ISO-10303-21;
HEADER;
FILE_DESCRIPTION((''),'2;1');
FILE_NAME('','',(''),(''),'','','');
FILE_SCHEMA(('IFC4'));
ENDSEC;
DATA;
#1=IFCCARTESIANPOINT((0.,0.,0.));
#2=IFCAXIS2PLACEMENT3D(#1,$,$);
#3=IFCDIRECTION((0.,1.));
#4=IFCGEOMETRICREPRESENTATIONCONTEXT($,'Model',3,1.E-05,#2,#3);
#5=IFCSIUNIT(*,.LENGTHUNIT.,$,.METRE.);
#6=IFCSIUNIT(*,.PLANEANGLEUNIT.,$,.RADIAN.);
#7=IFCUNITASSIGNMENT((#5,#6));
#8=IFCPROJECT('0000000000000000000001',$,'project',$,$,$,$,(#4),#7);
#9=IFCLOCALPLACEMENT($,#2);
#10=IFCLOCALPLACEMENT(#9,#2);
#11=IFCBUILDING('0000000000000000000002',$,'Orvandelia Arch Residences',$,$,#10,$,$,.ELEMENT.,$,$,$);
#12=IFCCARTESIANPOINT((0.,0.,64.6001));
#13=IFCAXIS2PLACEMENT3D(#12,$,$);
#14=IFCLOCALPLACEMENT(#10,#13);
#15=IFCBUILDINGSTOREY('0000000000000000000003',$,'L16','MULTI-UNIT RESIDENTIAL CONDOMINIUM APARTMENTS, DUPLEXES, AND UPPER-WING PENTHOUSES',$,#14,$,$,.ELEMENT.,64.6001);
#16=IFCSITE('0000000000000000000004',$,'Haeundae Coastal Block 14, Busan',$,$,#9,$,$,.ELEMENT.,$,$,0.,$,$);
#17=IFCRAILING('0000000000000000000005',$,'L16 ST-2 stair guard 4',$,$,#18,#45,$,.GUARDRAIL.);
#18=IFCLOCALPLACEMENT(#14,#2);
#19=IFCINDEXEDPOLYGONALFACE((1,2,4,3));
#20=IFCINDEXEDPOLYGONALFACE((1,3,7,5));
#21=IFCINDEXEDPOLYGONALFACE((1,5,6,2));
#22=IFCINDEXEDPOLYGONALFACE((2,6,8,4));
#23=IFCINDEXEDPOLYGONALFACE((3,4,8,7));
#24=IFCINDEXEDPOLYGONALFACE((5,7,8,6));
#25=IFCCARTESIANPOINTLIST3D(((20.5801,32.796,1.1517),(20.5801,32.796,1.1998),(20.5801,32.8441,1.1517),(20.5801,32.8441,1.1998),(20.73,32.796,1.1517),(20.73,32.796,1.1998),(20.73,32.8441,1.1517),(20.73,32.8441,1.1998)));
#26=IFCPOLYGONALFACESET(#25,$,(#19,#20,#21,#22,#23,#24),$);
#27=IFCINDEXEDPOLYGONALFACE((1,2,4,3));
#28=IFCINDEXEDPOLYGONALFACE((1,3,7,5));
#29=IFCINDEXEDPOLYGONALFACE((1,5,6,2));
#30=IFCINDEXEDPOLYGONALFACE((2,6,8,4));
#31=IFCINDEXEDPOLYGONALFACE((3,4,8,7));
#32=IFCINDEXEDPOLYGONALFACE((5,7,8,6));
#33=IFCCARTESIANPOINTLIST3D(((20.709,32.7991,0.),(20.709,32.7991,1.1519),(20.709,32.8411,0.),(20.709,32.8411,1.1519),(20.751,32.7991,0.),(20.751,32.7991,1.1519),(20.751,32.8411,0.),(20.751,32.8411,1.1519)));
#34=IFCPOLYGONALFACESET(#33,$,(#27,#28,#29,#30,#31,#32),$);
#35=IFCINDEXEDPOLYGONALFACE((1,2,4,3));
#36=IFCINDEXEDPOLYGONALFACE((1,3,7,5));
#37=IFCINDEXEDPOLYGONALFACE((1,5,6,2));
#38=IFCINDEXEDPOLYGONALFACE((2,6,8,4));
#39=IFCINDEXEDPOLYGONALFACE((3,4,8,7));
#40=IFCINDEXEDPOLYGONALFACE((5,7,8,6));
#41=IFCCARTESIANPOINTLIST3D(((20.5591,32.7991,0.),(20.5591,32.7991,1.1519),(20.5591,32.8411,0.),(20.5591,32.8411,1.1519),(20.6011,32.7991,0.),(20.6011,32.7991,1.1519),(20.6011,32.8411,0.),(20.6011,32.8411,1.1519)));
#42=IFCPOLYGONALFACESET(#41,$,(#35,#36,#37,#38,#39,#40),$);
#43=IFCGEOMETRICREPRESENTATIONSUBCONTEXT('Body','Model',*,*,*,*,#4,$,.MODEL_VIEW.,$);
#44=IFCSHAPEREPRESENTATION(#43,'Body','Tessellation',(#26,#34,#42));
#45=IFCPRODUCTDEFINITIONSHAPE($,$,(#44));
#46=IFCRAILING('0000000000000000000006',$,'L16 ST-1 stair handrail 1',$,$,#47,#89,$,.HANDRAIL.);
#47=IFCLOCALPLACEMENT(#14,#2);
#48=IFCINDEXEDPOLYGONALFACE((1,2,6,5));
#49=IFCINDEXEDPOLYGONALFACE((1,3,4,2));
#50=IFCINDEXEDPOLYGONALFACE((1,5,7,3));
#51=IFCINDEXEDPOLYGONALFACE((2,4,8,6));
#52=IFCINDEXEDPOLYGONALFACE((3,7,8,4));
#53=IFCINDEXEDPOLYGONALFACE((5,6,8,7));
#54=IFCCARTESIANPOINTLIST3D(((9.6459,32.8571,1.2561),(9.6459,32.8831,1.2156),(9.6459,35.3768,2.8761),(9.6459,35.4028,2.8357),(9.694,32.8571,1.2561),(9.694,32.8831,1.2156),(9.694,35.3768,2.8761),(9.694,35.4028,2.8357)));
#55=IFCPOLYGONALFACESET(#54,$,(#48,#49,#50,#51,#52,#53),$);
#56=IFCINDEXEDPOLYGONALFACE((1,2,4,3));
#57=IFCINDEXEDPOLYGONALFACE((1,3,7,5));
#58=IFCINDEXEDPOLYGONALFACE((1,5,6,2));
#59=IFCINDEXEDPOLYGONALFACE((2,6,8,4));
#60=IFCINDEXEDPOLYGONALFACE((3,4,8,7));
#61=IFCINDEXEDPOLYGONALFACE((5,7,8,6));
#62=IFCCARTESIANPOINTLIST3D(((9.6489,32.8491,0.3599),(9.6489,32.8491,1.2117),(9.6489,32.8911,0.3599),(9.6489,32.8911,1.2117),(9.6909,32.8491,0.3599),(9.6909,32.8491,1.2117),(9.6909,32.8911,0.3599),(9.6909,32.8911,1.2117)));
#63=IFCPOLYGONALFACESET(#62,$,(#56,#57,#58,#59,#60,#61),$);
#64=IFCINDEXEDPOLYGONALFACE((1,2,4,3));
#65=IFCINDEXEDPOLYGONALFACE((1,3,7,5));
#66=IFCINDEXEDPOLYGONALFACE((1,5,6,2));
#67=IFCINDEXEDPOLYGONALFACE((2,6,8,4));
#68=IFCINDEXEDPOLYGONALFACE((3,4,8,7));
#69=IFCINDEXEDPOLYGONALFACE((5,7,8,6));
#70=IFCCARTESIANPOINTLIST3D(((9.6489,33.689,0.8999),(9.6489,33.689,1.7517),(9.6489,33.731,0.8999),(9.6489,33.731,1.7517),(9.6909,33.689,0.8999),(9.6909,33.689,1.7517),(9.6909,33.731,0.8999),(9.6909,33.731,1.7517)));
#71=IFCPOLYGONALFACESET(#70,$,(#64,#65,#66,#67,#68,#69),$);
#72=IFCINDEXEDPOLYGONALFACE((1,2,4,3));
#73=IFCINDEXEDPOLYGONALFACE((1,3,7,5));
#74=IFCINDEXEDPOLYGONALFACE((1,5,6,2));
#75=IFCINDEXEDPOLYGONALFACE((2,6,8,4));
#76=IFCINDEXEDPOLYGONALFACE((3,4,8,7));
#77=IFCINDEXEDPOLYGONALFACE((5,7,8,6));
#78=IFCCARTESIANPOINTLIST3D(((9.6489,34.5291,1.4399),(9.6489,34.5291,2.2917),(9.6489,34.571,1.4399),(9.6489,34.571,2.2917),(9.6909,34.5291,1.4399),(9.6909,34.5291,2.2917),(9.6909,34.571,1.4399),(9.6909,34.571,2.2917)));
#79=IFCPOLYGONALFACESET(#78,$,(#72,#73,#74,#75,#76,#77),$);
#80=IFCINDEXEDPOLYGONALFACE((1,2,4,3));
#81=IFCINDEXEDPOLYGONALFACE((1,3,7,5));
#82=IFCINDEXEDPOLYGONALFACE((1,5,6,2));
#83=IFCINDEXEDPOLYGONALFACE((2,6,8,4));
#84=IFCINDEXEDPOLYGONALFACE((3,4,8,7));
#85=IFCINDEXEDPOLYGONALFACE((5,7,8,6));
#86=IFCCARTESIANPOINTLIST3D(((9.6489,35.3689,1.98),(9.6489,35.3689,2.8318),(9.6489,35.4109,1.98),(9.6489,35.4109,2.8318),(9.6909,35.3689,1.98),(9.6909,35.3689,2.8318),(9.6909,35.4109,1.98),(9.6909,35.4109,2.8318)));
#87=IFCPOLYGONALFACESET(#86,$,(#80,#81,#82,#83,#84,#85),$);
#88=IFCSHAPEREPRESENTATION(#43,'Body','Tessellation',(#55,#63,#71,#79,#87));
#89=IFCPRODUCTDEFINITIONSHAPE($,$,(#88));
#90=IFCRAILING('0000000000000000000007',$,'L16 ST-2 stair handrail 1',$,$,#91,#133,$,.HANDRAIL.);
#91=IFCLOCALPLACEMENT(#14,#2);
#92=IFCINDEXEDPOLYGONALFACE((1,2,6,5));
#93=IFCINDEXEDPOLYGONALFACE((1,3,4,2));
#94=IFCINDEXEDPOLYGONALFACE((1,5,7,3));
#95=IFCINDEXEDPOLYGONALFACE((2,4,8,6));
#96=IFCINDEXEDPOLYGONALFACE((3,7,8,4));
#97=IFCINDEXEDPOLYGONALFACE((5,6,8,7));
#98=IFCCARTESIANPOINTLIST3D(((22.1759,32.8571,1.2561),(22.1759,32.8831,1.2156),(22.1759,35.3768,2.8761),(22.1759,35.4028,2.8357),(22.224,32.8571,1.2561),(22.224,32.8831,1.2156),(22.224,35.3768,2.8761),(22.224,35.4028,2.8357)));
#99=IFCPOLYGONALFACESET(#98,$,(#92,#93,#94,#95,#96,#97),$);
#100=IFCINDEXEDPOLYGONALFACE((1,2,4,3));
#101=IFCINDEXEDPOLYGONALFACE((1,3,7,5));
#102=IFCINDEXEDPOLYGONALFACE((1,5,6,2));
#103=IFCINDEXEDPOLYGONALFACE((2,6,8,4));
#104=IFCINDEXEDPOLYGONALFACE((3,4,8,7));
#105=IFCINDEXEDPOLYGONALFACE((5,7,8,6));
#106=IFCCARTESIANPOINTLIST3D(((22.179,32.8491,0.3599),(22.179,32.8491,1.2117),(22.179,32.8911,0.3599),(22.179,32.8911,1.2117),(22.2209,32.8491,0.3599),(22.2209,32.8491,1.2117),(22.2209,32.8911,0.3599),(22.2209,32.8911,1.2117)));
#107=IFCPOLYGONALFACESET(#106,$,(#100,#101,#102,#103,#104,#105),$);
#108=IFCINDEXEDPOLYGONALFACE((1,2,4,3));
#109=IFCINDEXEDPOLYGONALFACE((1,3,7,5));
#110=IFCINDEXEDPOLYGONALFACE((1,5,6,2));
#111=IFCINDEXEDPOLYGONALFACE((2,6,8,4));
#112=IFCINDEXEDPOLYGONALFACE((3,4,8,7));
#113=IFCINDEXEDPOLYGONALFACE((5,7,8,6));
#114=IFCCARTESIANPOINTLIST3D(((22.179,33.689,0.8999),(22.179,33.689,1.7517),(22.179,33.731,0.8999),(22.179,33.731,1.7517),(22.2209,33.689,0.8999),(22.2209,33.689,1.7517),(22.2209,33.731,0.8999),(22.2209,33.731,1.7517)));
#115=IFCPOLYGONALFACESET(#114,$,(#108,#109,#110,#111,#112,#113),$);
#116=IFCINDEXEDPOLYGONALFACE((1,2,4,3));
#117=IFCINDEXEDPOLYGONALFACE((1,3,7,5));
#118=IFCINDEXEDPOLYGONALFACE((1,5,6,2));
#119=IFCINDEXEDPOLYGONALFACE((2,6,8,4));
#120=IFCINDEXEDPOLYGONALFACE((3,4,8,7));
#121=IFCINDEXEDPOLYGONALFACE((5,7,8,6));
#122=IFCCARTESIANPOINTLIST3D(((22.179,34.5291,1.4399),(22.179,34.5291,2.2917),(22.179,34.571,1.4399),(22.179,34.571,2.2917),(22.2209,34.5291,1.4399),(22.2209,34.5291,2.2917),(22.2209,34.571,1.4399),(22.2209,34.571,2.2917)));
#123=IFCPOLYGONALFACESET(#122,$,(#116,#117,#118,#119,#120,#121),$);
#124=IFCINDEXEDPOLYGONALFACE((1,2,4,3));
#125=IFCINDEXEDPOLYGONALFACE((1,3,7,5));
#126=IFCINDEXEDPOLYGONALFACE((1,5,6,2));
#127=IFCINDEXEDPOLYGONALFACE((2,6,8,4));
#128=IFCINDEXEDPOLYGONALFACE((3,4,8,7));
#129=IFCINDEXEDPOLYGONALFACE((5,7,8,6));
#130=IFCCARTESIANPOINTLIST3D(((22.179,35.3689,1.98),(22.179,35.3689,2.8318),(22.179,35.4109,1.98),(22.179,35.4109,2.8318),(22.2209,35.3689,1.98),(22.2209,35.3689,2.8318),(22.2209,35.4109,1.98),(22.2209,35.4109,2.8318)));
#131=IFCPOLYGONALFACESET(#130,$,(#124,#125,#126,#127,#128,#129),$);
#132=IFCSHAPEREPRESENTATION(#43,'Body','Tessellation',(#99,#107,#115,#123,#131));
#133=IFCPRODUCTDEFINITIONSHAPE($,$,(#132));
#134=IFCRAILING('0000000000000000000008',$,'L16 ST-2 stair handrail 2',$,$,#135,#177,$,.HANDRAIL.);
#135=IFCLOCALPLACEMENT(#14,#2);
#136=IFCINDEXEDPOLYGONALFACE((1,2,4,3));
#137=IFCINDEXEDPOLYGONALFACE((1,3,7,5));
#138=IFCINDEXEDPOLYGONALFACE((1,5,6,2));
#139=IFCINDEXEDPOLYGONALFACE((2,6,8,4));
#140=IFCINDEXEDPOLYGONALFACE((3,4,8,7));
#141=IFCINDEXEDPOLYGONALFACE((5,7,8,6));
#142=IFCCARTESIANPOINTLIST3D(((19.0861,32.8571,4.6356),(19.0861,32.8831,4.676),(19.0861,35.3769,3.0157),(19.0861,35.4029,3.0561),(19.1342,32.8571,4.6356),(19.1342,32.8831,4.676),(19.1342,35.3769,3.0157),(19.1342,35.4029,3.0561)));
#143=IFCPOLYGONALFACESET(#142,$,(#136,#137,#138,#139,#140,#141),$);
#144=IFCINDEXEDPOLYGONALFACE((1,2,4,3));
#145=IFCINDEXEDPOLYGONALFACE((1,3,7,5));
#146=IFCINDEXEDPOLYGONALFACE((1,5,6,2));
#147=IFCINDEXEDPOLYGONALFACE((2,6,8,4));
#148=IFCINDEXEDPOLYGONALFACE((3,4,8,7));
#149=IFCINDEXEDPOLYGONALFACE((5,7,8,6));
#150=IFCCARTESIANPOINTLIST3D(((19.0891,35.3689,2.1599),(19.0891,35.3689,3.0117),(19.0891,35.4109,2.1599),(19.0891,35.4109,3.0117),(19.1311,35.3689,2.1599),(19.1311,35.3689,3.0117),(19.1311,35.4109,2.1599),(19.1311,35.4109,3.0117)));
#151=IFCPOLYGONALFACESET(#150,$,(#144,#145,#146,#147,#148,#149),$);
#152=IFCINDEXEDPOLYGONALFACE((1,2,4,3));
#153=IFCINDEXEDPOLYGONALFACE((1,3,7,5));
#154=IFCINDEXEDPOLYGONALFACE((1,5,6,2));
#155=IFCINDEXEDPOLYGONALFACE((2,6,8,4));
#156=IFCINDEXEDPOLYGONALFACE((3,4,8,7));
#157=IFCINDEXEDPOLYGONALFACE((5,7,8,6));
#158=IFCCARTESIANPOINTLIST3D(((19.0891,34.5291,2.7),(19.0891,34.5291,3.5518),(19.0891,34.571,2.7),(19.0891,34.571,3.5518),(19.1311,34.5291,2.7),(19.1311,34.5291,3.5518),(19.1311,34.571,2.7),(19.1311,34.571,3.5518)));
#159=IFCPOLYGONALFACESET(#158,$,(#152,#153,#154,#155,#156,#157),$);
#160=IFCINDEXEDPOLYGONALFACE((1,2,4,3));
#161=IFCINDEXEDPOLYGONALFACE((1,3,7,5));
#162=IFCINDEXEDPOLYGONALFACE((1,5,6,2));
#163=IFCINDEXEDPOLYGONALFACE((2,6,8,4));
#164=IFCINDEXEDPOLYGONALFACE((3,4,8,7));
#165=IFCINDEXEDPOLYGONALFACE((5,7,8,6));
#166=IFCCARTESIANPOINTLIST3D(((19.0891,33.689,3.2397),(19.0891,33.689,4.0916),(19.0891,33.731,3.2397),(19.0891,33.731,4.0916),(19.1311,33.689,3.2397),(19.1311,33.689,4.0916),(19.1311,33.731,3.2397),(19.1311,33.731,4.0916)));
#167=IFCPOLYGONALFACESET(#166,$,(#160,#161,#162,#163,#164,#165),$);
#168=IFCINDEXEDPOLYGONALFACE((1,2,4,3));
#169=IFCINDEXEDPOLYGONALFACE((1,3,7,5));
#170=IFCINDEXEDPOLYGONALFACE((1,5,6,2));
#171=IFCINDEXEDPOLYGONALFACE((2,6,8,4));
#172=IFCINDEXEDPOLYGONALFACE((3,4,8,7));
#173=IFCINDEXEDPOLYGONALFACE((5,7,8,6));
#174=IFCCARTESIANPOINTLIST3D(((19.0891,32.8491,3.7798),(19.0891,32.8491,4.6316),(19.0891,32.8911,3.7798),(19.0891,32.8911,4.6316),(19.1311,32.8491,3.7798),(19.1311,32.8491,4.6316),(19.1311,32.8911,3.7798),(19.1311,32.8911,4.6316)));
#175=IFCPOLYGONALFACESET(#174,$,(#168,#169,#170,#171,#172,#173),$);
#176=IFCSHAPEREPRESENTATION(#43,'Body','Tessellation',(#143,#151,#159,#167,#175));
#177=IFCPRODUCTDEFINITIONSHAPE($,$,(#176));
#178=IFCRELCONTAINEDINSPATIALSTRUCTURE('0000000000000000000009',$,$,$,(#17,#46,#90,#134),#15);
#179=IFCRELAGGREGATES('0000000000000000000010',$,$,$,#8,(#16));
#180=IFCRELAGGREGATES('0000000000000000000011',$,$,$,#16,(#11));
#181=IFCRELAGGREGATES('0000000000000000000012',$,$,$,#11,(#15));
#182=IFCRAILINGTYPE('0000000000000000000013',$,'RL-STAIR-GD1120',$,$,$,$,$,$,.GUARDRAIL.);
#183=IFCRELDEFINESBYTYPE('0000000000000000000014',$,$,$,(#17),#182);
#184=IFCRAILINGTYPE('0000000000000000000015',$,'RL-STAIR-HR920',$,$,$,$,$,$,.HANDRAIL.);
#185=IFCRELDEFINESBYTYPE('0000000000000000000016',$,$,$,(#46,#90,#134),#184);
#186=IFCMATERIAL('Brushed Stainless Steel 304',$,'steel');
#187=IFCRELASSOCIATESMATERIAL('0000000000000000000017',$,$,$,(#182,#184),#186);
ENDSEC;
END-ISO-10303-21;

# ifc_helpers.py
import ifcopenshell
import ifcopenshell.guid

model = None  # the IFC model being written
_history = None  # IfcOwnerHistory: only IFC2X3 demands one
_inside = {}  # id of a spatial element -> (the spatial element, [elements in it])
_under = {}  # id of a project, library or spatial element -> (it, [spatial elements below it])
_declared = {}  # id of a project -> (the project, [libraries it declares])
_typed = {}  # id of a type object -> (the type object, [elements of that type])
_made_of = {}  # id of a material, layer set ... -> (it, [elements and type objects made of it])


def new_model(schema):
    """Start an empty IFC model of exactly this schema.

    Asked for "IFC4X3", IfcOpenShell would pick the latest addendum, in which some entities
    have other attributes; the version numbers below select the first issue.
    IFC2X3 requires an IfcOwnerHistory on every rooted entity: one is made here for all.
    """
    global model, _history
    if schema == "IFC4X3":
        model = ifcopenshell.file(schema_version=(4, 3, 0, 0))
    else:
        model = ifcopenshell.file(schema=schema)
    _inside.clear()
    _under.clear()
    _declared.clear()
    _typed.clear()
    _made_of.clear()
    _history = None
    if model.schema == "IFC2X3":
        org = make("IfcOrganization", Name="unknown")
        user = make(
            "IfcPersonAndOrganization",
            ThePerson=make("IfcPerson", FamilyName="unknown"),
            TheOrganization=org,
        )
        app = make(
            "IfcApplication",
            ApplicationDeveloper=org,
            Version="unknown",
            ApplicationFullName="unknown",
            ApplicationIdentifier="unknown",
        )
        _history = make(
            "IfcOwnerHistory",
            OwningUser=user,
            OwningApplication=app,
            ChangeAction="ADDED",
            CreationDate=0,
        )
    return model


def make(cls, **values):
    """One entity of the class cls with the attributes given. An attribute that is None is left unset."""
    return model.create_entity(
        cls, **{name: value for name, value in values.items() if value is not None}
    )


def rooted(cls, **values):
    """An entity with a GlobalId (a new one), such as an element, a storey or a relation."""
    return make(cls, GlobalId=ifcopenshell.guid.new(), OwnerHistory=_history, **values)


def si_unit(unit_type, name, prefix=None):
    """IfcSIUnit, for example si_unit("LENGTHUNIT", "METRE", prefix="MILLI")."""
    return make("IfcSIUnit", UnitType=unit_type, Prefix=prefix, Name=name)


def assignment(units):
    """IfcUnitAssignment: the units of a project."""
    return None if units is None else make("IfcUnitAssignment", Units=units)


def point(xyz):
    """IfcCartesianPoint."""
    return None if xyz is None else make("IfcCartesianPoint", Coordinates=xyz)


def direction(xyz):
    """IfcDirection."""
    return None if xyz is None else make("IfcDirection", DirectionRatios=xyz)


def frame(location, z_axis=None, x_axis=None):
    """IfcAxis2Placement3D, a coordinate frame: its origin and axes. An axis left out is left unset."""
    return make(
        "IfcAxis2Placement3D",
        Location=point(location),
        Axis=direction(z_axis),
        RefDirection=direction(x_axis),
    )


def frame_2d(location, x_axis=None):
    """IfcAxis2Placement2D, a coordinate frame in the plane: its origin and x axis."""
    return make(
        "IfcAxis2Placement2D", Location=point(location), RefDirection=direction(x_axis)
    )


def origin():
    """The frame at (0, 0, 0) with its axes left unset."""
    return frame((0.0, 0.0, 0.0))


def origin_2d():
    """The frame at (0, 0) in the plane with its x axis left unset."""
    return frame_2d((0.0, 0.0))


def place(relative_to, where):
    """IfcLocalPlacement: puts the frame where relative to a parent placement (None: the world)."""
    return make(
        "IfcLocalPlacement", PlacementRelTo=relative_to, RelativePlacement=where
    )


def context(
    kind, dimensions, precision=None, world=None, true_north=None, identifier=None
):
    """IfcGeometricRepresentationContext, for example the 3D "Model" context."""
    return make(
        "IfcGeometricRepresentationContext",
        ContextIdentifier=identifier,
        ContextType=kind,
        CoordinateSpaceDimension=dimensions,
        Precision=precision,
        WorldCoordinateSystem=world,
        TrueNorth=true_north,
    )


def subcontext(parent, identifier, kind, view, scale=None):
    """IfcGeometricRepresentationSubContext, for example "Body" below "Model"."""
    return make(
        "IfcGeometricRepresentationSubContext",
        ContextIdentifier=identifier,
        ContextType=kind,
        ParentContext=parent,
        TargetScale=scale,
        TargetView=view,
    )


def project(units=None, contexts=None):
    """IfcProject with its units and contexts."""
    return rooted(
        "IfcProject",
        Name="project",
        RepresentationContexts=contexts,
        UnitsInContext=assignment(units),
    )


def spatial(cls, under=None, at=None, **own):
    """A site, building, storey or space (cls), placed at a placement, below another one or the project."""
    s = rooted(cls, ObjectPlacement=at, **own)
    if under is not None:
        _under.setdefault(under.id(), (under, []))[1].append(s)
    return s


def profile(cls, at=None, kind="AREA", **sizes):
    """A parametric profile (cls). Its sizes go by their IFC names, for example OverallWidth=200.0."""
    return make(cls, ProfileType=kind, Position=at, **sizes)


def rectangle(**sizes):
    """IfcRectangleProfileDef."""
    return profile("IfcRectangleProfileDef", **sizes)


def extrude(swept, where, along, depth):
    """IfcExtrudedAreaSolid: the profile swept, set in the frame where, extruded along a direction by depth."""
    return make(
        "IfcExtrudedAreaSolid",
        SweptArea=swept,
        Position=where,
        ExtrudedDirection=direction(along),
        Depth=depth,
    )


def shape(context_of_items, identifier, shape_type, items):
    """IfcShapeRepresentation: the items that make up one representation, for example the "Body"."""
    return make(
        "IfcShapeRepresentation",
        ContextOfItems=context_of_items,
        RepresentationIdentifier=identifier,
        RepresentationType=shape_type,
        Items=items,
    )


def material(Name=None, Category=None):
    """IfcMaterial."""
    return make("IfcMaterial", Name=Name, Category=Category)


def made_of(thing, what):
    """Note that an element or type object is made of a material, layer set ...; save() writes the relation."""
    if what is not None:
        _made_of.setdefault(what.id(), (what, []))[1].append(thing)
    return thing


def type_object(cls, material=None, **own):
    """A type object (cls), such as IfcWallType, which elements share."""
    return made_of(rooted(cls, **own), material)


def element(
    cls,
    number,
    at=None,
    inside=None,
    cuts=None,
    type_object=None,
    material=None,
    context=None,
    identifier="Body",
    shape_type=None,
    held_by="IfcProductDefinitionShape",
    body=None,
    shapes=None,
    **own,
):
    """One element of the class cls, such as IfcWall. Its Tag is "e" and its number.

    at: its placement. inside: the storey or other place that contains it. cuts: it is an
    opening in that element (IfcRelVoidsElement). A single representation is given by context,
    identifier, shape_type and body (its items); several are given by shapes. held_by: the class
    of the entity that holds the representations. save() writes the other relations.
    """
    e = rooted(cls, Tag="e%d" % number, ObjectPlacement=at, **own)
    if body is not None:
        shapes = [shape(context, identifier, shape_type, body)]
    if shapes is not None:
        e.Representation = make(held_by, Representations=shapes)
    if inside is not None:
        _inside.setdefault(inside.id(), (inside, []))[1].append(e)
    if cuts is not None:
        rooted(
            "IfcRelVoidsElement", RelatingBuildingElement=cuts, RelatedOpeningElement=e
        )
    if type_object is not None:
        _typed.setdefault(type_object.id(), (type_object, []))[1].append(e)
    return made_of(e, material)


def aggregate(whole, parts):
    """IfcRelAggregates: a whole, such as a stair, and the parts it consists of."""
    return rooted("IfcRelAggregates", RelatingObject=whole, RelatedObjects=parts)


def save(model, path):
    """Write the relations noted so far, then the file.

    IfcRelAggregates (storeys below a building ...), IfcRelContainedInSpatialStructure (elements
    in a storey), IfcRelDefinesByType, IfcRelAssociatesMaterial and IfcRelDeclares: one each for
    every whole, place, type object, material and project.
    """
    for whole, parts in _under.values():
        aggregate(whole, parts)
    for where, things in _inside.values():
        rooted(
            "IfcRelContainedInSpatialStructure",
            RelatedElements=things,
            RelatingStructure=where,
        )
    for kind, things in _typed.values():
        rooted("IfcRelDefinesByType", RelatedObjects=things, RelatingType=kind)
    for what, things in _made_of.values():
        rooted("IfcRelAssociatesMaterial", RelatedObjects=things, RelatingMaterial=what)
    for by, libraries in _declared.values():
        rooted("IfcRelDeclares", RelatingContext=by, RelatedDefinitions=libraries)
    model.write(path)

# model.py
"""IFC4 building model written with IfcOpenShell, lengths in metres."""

from ifc_helpers import new_model, si_unit, direction, frame, origin, origin_2d, place, context, subcontext, project, spatial, rectangle, extrude, material, type_object, element, save


model = new_model("IFC4")

# Units and contexts
model_context = context("Model", 3, precision=1e-05, world=origin(), true_north=direction((0.0, 1.0)))
body_context = subcontext(model_context, "Body", "Model", "MODEL_VIEW")
ifc_project = project(units=[si_unit("LENGTHUNIT", "METRE"), si_unit("PLANEANGLEUNIT", "RADIAN")], contexts=[model_context])

# Site, building, storey
site_placement = place(None, origin())
site = spatial("IfcSite", under=ifc_project, at=site_placement, Name="Haeundae Coastal Block 14, Busan", CompositionType="ELEMENT", RefElevation=0.0)
building_placement = place(site_placement, origin())
building = spatial("IfcBuilding", under=site, at=building_placement, Name="Orvandelia Arch Residences", CompositionType="ELEMENT")
storey_placement = place(building_placement, frame((0.0, 0.0, 64.6001)))
storey = spatial("IfcBuildingStorey", under=building, at=storey_placement, Name="L16", Description="MULTI-UNIT RESIDENTIAL CONDOMINIUM APARTMENTS, DUPLEXES, AND UPPER-WING PENTHOUSES", CompositionType="ELEMENT", Elevation=64.6001)

# Railings
ifc_material_1 = material(Name="Brushed Stainless Steel 304", Category="steel")
railing_type_1 = type_object("IfcRailingType", Name="RL-STAIR-GD1120", PredefinedType="GUARDRAIL", material=ifc_material_1)
railing_1_placement = place(storey_placement, frame((20.73, 32.8201, 0.0)))
element("IfcRailing", 1, at=railing_1_placement, inside=storey, type_object=railing_type_1, Name="L16 ST-2 stair guard 4", PredefinedType="GUARDRAIL", context=body_context, shape_type="SweptSolid", body=[
    extrude(rectangle(XDim=0.0481, YDim=0.0481, at=origin_2d()), frame((0.0, 0.0, 1.1758), z_axis=(-1.0, 0.0, 0.0), x_axis=(0.0, -1.0, 0.0)), (0.0, 0.0, 1.0), 0.1499),
    extrude(rectangle(XDim=0.042, YDim=0.042, at=origin_2d()), origin(), (0.0, 0.0, 1.0), 1.1519),
    extrude(rectangle(XDim=0.042, YDim=0.042, at=origin_2d()), frame((-0.1499, 0.0, 0.0)), (0.0, 0.0, 1.0), 1.1519),
])
railing_type_2 = type_object("IfcRailingType", Name="RL-STAIR-HR920", PredefinedType="HANDRAIL", material=ifc_material_1)
for number, where, name in (
    (2, (9.6699, 32.8701, 0.3599), "L16 ST-1 stair handrail 1"),
    (3, (22.2, 32.8701, 0.3599), "L16 ST-2 stair handrail 1"),
):
    element("IfcRailing", number, at=place(storey_placement, frame(where)), inside=storey, type_object=railing_type_2, Name=name, PredefinedType="HANDRAIL", context=body_context, shape_type="SweptSolid", body=[
        extrude(rectangle(XDim=0.0481, YDim=0.0481, at=origin_2d()), frame((0.0, 0.0, 0.876), z_axis=(0.0, 0.841139, 0.540819), x_axis=(-1.0, 0.0, 0.0)), (0.0, 0.0, 1.0), 2.9956),
        extrude(rectangle(XDim=0.042, YDim=0.042, at=origin_2d()), origin(), (0.0, 0.0, 1.0), 0.8518),
        extrude(rectangle(XDim=0.042, YDim=0.042, at=origin_2d()), frame((0.0, 0.8398, 0.54)), (0.0, 0.0, 1.0), 0.8518),
        extrude(rectangle(XDim=0.042, YDim=0.042, at=origin_2d()), frame((0.0, 1.6799, 1.0801)), (0.0, 0.0, 1.0), 0.8518),
        extrude(rectangle(XDim=0.042, YDim=0.042, at=origin_2d()), frame((0.0, 2.5198, 1.6201)), (0.0, 0.0, 1.0), 0.8518),
    ])
railing_2_placement = place(storey_placement, frame((19.1101, 35.3899, 2.1599)))
element("IfcRailing", 4, at=railing_2_placement, inside=storey, type_object=railing_type_2, Name="L16 ST-2 stair handrail 2", PredefinedType="HANDRAIL", context=body_context, shape_type="SweptSolid", body=[
    extrude(rectangle(XDim=0.0481, YDim=0.0481, at=origin_2d()), frame((0.0, 0.0, 0.876), z_axis=(0.0, -0.841176, 0.540762), x_axis=(1.0, 0.0, 0.0)), (0.0, 0.0, 1.0), 2.9956),
    extrude(rectangle(XDim=0.042, YDim=0.042, at=origin_2d()), origin(), (0.0, 0.0, 1.0), 0.8518),
    extrude(rectangle(XDim=0.042, YDim=0.042, at=origin_2d()), frame((0.0, -0.8398, 0.54)), (0.0, 0.0, 1.0), 0.8518),
    extrude(rectangle(XDim=0.042, YDim=0.042, at=origin_2d()), frame((0.0, -1.6799, 1.0798)), (0.0, 0.0, 1.0), 0.8518),
    extrude(rectangle(XDim=0.042, YDim=0.042, at=origin_2d()), frame((0.0, -2.5198, 1.6199)), (0.0, 0.0, 1.0), 0.8518),
])

save(model, "model.ifc")
